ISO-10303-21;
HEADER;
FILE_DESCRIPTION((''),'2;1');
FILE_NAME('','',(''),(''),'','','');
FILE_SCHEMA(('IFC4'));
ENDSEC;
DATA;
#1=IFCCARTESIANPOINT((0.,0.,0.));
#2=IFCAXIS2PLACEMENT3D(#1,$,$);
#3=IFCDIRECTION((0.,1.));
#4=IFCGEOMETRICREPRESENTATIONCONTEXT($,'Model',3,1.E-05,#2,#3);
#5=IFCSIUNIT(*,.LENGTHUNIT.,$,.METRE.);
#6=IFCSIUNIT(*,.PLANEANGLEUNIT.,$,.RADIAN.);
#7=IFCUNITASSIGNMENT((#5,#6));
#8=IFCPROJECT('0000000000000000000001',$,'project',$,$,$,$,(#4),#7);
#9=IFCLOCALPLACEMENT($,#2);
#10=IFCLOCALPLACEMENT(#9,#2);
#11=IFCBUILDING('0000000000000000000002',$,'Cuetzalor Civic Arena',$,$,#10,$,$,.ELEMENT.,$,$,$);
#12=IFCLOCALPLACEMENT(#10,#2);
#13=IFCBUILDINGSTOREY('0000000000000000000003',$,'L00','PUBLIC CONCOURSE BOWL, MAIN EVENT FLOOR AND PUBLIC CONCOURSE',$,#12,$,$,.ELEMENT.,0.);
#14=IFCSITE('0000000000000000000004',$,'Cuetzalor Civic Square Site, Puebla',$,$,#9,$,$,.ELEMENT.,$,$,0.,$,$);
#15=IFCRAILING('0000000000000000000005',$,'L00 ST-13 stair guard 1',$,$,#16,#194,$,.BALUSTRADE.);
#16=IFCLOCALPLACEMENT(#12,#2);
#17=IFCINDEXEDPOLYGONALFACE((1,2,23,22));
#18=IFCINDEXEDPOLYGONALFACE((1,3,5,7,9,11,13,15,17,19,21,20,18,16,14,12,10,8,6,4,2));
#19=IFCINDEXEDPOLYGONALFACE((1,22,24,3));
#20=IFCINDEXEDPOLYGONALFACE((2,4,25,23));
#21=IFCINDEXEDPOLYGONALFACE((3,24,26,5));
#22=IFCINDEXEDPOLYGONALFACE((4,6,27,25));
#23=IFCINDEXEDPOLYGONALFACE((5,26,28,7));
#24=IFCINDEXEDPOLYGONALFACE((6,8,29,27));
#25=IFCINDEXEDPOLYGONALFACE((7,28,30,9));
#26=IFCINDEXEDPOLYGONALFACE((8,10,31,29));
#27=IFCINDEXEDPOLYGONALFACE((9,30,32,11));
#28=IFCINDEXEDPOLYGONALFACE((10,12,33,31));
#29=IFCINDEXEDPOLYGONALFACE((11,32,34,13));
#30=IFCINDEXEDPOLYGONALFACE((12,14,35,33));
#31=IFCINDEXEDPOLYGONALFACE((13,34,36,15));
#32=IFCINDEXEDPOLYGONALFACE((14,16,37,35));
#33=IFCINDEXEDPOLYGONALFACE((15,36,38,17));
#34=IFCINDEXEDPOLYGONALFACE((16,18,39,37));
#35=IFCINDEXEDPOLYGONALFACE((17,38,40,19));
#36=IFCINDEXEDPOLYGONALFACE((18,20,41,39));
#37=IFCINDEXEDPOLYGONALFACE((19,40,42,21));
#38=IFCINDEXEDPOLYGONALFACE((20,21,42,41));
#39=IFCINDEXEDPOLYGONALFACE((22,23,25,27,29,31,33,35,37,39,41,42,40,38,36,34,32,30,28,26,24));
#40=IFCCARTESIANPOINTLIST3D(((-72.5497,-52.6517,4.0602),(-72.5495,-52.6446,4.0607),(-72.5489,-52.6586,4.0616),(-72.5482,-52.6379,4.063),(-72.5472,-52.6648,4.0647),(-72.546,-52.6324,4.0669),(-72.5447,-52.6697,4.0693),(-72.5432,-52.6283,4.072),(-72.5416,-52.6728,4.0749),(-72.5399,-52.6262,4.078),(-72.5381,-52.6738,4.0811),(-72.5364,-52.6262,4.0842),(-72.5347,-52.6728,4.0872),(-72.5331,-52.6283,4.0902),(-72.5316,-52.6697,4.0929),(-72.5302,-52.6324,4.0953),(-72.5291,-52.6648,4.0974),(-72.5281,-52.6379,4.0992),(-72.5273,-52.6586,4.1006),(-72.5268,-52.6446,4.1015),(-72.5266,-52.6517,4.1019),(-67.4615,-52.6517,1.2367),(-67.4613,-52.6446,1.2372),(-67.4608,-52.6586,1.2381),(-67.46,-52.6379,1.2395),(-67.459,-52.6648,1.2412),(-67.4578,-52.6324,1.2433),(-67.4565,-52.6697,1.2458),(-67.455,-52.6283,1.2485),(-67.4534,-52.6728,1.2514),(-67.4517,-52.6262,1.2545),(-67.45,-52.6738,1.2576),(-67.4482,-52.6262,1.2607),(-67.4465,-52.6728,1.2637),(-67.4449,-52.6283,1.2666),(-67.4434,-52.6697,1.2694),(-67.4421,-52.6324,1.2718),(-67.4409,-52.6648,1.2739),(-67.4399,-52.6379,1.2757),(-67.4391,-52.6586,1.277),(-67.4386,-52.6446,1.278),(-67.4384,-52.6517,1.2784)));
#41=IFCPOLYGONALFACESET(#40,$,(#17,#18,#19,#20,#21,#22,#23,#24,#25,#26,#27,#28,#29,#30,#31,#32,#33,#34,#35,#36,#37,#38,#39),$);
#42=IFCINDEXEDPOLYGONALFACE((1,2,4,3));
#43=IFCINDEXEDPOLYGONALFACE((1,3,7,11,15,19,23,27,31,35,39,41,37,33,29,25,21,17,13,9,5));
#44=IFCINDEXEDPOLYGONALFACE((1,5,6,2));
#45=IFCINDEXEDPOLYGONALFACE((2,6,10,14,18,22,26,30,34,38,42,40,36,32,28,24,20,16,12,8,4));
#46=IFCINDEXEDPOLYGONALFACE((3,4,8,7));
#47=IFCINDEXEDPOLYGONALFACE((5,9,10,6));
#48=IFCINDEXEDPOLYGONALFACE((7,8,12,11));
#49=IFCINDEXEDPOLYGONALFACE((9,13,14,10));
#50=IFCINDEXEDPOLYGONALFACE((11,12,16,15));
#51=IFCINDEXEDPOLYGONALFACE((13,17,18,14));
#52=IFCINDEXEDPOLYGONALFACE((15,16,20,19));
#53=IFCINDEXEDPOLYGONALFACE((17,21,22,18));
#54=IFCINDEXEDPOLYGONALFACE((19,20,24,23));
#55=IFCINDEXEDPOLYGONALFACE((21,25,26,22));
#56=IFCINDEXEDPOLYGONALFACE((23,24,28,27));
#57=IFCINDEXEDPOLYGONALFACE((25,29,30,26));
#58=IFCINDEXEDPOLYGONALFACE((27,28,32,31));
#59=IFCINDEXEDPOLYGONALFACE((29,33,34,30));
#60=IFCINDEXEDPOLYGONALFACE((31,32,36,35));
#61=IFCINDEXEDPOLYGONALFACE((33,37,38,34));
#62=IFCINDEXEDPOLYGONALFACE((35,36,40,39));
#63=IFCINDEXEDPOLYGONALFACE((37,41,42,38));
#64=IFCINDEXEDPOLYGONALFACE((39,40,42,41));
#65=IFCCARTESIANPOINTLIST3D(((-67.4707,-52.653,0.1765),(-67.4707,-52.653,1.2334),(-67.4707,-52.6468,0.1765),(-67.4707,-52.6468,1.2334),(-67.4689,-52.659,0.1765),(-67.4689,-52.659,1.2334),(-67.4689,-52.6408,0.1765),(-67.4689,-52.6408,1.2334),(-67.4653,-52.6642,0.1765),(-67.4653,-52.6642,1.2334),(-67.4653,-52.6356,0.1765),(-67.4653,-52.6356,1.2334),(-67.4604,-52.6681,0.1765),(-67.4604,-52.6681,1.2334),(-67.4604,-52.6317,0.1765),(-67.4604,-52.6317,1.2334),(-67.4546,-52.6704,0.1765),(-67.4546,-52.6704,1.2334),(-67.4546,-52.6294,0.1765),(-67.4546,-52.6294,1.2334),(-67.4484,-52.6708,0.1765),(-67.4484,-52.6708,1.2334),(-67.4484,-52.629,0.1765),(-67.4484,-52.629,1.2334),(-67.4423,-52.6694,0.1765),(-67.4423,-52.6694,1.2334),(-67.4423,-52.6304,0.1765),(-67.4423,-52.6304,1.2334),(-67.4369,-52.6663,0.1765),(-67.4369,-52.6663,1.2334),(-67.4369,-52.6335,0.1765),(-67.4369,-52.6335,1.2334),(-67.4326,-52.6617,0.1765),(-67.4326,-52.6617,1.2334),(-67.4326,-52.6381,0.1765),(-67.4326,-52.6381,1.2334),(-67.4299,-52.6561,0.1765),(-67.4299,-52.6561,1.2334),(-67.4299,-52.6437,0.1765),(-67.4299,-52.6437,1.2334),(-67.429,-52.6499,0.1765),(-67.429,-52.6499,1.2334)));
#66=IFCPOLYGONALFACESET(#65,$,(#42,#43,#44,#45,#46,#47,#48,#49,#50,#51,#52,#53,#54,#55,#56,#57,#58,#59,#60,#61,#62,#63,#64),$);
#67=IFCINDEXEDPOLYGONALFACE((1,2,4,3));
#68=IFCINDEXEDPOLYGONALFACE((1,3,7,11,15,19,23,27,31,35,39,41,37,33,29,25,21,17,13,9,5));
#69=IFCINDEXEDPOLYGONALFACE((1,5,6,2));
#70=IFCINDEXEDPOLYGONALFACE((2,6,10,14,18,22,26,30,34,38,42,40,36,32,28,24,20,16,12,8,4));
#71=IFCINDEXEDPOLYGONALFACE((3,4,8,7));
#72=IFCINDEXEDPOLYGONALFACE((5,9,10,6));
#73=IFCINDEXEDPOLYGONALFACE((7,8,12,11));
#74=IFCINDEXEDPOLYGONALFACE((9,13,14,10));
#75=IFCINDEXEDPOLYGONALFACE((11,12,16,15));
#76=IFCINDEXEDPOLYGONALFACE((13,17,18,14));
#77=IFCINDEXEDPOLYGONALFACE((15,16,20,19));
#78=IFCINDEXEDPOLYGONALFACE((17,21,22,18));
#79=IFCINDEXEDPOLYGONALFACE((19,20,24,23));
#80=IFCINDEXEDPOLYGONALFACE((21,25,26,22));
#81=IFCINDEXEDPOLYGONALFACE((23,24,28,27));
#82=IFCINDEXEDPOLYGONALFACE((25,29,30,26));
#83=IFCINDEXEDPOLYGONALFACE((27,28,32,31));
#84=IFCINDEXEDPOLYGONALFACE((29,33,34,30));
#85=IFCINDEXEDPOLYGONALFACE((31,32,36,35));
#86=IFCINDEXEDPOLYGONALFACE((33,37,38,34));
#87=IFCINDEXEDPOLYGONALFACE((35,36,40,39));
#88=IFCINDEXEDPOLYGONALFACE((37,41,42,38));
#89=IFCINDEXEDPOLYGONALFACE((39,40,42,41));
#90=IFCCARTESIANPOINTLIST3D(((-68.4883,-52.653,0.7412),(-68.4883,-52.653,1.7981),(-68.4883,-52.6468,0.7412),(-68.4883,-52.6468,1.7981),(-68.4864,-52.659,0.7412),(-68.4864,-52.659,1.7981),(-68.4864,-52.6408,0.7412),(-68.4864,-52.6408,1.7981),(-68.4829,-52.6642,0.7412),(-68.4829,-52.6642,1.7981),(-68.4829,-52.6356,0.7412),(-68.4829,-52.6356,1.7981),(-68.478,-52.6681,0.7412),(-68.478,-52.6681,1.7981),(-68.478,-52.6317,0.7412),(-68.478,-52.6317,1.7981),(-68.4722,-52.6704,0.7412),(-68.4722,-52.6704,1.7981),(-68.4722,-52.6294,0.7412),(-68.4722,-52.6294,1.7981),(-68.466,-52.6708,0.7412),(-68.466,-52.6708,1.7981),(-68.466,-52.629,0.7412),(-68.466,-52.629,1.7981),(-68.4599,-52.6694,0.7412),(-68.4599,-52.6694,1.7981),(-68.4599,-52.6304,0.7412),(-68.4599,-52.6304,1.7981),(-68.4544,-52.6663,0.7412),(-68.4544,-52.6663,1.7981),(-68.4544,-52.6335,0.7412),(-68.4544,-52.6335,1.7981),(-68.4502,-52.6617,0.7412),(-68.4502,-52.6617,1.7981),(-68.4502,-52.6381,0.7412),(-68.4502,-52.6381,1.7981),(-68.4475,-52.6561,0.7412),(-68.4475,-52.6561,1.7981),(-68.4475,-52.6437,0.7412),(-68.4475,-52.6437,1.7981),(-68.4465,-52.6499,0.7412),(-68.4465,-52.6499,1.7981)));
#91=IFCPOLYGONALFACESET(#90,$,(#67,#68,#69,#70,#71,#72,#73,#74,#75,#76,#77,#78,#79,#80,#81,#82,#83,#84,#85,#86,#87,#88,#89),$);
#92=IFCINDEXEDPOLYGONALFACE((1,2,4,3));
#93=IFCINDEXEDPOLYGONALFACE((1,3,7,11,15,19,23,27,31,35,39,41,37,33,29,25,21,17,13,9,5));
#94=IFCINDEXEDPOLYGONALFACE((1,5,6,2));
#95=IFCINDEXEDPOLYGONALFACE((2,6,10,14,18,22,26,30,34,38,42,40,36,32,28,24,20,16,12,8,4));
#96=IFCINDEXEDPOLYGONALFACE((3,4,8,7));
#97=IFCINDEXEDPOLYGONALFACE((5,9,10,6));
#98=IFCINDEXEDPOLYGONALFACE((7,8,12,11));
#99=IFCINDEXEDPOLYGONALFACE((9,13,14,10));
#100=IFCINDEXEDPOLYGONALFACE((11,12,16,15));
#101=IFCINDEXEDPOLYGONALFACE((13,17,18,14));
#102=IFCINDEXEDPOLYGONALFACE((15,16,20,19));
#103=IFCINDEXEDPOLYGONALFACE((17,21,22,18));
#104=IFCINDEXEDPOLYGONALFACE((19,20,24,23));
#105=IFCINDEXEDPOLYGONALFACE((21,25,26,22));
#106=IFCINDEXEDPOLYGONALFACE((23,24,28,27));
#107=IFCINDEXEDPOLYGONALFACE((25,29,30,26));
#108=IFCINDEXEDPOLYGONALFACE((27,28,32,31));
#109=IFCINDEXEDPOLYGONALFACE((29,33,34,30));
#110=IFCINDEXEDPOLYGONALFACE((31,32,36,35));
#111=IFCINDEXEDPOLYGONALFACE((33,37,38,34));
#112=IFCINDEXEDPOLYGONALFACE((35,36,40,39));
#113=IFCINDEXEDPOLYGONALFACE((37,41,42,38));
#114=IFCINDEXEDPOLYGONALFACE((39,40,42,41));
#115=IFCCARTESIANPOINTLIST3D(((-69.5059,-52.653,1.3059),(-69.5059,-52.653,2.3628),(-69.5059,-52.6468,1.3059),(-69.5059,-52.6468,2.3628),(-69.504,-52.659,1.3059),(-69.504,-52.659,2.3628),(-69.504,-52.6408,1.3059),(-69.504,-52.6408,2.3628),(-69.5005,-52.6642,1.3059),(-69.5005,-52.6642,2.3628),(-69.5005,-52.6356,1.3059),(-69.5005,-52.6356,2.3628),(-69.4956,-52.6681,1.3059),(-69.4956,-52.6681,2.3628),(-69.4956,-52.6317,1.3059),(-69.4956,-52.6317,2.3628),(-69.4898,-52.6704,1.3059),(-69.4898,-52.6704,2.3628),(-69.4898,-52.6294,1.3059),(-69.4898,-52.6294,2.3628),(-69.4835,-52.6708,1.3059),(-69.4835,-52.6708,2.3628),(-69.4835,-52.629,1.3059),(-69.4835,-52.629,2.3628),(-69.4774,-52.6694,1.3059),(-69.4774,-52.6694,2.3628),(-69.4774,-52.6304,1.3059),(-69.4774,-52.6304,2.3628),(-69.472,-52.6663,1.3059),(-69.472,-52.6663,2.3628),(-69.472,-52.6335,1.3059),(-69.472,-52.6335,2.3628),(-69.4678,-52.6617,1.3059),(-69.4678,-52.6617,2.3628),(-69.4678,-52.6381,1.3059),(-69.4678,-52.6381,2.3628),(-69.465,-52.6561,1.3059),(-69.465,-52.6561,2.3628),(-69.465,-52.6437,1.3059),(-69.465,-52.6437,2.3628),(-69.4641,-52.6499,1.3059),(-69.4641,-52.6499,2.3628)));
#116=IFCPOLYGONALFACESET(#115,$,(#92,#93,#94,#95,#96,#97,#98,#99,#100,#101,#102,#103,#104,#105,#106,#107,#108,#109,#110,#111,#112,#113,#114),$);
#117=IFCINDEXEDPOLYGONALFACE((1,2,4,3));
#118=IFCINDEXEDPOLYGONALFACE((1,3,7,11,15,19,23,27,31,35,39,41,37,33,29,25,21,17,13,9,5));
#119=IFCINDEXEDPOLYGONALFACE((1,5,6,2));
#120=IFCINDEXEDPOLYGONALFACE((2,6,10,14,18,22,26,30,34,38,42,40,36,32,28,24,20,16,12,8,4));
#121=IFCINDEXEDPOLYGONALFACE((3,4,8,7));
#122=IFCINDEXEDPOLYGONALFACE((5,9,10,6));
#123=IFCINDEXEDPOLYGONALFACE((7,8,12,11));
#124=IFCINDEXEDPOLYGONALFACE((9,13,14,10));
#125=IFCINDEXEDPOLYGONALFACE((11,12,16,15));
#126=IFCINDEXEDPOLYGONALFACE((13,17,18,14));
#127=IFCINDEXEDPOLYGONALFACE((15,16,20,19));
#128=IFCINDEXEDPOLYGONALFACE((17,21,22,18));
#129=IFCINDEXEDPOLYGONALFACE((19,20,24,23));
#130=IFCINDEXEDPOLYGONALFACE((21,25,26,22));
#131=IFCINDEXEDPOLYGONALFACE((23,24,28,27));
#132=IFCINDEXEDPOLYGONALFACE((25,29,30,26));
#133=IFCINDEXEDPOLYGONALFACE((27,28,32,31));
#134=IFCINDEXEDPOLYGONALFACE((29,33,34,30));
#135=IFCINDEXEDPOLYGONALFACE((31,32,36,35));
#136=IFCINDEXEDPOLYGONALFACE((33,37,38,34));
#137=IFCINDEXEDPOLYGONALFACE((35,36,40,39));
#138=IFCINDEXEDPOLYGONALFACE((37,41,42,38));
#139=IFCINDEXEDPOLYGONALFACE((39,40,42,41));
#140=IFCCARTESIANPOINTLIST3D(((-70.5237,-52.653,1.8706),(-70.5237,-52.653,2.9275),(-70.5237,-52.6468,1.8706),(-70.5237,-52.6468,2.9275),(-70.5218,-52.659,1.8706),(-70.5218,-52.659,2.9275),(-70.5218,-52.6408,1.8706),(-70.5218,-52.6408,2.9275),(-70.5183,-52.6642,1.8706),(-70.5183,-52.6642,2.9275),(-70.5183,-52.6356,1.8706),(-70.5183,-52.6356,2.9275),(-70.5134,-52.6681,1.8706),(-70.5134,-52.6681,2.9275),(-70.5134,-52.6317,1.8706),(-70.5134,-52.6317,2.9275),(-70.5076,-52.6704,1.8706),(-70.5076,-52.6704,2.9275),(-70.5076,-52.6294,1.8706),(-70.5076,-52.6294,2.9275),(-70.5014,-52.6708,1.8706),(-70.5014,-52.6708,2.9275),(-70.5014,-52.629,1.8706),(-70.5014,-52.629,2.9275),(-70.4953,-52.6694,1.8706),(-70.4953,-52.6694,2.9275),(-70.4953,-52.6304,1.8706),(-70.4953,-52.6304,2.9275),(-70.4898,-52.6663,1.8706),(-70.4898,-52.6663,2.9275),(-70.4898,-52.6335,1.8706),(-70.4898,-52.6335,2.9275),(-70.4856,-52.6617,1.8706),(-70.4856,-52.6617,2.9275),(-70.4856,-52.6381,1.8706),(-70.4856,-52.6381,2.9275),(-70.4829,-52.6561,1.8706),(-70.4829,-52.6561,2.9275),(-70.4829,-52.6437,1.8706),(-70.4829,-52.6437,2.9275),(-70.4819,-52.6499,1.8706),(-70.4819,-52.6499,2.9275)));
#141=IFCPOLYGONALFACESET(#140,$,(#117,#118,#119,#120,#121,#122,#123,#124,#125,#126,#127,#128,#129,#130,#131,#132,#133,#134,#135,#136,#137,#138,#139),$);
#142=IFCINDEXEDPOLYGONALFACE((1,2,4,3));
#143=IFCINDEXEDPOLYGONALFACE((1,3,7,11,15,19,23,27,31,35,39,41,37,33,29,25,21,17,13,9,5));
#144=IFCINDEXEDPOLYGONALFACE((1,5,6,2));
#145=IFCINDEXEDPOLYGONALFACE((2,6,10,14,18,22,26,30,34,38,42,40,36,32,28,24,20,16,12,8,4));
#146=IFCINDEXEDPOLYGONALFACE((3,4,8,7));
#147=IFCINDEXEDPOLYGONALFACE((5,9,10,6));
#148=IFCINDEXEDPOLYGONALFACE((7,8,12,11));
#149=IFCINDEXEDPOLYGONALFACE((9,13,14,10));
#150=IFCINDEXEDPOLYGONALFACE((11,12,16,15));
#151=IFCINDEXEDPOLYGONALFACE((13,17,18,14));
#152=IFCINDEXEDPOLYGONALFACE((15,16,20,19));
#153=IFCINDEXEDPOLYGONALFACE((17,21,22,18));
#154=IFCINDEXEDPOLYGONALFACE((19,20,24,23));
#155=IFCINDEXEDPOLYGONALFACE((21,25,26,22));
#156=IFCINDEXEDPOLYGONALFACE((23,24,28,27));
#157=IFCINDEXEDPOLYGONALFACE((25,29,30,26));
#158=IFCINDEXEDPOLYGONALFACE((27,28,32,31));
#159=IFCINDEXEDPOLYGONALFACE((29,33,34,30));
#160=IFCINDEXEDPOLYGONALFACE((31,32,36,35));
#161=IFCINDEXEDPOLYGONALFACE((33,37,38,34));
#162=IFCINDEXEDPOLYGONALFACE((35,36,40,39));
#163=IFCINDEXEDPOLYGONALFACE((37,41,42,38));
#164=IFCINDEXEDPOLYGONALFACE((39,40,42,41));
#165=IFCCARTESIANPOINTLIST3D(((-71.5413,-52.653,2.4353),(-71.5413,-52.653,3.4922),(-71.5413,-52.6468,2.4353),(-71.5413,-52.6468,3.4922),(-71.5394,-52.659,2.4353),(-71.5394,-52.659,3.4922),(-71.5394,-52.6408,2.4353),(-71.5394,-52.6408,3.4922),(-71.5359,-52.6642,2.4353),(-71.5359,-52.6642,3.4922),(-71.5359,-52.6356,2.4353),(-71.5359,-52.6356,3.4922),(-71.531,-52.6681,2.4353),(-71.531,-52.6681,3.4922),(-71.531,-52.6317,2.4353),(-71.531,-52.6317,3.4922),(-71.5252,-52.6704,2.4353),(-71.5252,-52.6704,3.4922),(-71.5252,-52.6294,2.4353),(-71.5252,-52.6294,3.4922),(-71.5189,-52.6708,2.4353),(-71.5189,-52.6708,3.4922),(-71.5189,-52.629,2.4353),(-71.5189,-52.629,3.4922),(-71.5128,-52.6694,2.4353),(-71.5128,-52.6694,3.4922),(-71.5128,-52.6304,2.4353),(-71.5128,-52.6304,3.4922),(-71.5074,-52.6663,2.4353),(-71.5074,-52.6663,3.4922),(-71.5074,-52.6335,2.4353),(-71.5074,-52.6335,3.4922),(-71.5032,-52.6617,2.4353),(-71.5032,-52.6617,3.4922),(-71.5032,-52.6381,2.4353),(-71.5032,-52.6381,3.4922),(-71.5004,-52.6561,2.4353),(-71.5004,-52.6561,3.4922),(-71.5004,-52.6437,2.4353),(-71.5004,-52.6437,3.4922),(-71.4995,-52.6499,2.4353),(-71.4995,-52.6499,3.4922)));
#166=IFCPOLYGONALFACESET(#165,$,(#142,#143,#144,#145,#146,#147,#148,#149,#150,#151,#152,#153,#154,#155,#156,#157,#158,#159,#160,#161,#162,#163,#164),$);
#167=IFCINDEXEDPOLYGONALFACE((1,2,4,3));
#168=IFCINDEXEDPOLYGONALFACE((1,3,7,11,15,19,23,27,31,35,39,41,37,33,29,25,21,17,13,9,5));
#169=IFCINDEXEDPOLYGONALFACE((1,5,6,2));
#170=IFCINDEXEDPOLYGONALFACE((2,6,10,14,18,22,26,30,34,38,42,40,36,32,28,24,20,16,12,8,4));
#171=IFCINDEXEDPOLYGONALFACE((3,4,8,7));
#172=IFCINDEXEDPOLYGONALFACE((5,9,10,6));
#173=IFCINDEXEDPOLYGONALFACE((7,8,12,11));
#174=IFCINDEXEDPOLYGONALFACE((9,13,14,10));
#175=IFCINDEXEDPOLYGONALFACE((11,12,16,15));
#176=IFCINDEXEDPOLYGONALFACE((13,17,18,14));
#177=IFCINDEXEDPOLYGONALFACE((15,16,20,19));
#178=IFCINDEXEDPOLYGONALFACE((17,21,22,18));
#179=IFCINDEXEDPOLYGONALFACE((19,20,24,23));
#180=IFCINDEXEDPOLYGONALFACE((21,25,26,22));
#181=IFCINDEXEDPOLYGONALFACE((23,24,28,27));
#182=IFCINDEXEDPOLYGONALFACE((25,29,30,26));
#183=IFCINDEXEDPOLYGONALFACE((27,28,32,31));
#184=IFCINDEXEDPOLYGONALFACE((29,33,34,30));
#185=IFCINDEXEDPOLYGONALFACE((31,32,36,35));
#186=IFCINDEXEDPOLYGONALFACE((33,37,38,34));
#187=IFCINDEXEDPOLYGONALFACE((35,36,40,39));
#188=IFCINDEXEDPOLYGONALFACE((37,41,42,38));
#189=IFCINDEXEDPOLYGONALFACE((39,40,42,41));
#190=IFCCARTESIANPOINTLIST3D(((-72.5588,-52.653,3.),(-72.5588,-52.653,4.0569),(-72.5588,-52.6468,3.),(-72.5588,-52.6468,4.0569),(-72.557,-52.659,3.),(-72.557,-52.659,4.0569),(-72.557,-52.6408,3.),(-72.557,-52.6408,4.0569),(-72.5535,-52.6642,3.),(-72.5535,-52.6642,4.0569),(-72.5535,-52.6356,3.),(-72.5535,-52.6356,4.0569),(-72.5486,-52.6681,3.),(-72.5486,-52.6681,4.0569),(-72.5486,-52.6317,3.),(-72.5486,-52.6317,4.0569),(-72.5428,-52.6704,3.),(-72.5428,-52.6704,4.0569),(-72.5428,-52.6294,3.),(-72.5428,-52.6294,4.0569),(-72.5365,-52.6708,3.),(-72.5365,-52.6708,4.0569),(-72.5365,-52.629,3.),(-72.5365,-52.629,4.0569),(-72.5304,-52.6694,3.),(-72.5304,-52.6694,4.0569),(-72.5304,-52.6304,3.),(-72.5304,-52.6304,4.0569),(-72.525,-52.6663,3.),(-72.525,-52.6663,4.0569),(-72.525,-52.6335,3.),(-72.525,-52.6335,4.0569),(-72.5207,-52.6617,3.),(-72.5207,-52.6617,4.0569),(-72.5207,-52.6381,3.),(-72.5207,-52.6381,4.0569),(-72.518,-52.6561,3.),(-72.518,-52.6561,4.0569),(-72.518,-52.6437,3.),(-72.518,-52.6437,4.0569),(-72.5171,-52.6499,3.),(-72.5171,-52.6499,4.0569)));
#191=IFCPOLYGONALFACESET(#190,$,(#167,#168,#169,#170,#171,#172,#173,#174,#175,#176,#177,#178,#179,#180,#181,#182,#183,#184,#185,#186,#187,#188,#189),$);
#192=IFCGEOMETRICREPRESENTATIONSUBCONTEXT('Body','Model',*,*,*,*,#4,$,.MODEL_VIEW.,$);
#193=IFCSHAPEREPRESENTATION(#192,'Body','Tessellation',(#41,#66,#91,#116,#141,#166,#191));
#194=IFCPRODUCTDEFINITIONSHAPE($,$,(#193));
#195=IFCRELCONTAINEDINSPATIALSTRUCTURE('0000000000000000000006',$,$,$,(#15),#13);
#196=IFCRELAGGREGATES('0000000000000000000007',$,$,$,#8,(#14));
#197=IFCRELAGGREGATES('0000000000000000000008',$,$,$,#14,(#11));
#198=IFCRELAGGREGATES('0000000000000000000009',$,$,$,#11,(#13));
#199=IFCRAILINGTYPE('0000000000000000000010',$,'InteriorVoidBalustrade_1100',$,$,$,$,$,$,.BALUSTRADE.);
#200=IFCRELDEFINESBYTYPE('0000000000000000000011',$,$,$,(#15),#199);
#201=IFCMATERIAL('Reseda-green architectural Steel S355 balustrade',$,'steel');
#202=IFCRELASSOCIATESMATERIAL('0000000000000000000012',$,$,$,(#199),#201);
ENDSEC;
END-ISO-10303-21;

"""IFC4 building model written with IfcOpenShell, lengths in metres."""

from ifc_helpers import new_model, si_unit, direction, frame, origin, origin_2d, place, context, subcontext, project, spatial, circle, extrude, material, type_object, element, save


model = new_model("IFC4")

# Units and contexts
model_context = context("Model", 3, precision=1e-05, world=origin(), true_north=direction((0.0, 1.0)))
body_context = subcontext(model_context, "Body", "Model", "MODEL_VIEW")
ifc_project = project(units=[si_unit("LENGTHUNIT", "METRE"), si_unit("PLANEANGLEUNIT", "RADIAN")], contexts=[model_context])

# Site, building, storey
site_placement = place(None, origin())
site = spatial("IfcSite", under=ifc_project, at=site_placement, Name="Cuetzalor Civic Square Site, Puebla", CompositionType="ELEMENT", RefElevation=0.0)
building_placement = place(site_placement, origin())
building = spatial("IfcBuilding", under=site, at=building_placement, Name="Cuetzalor Civic Arena", CompositionType="ELEMENT")
storey_placement = place(building_placement, origin())
storey = spatial("IfcBuildingStorey", under=building, at=storey_placement, Name="L00", Description="PUBLIC CONCOURSE BOWL, MAIN EVENT FLOOR AND PUBLIC CONCOURSE", CompositionType="ELEMENT", Elevation=0.0)

# Railing
ifc_material_1 = material(Name="Reseda-green architectural Steel S355 balustrade", Category="steel")
railing_type_1 = type_object("IfcRailingType", Name="InteriorVoidBalustrade_1100", PredefinedType="BALUSTRADE", material=ifc_material_1)
railing_1_placement = place(storey_placement, frame((-67.45, -52.6499, 0.1765)))
element("IfcRailing", 1, at=railing_1_placement, inside=storey, type_object=railing_type_1, Name="L00 ST-13 stair guard 1", PredefinedType="BALUSTRADE", context=body_context, shape_type="SweptSolid", body=[
    extrude(circle(Radius=0.0239, at=origin_2d()), frame((0.0, 0.0, 1.0811), z_axis=(-0.874395, 0.0, 0.485215), x_axis=(0.0, -1.0, 0.0)), (0.0, 0.0, 1.0), 5.8191),
    extrude(circle(Radius=0.021, at=origin_2d()), origin(), (0.0, 0.0, 1.0), 1.0569),
    extrude(circle(Radius=0.021, at=origin_2d()), frame((-1.0176, 0.0, 0.5647)), (0.0, 0.0, 1.0), 1.0569),
    extrude(circle(Radius=0.021, at=origin_2d()), frame((-2.0352, 0.0, 1.1294)), (0.0, 0.0, 1.0), 1.0569),
    extrude(circle(Radius=0.021, at=origin_2d()), frame((-3.053, 0.0, 1.6941)), (0.0, 0.0, 1.0), 1.0569),
    extrude(circle(Radius=0.021, at=origin_2d()), frame((-4.0706, 0.0, 2.2588)), (0.0, 0.0, 1.0), 1.0569),
    extrude(circle(Radius=0.021, at=origin_2d()), frame((-5.0881, 0.0, 2.8235)), (0.0, 0.0, 1.0), 1.0569),
])

save(model, "model.ifc")
